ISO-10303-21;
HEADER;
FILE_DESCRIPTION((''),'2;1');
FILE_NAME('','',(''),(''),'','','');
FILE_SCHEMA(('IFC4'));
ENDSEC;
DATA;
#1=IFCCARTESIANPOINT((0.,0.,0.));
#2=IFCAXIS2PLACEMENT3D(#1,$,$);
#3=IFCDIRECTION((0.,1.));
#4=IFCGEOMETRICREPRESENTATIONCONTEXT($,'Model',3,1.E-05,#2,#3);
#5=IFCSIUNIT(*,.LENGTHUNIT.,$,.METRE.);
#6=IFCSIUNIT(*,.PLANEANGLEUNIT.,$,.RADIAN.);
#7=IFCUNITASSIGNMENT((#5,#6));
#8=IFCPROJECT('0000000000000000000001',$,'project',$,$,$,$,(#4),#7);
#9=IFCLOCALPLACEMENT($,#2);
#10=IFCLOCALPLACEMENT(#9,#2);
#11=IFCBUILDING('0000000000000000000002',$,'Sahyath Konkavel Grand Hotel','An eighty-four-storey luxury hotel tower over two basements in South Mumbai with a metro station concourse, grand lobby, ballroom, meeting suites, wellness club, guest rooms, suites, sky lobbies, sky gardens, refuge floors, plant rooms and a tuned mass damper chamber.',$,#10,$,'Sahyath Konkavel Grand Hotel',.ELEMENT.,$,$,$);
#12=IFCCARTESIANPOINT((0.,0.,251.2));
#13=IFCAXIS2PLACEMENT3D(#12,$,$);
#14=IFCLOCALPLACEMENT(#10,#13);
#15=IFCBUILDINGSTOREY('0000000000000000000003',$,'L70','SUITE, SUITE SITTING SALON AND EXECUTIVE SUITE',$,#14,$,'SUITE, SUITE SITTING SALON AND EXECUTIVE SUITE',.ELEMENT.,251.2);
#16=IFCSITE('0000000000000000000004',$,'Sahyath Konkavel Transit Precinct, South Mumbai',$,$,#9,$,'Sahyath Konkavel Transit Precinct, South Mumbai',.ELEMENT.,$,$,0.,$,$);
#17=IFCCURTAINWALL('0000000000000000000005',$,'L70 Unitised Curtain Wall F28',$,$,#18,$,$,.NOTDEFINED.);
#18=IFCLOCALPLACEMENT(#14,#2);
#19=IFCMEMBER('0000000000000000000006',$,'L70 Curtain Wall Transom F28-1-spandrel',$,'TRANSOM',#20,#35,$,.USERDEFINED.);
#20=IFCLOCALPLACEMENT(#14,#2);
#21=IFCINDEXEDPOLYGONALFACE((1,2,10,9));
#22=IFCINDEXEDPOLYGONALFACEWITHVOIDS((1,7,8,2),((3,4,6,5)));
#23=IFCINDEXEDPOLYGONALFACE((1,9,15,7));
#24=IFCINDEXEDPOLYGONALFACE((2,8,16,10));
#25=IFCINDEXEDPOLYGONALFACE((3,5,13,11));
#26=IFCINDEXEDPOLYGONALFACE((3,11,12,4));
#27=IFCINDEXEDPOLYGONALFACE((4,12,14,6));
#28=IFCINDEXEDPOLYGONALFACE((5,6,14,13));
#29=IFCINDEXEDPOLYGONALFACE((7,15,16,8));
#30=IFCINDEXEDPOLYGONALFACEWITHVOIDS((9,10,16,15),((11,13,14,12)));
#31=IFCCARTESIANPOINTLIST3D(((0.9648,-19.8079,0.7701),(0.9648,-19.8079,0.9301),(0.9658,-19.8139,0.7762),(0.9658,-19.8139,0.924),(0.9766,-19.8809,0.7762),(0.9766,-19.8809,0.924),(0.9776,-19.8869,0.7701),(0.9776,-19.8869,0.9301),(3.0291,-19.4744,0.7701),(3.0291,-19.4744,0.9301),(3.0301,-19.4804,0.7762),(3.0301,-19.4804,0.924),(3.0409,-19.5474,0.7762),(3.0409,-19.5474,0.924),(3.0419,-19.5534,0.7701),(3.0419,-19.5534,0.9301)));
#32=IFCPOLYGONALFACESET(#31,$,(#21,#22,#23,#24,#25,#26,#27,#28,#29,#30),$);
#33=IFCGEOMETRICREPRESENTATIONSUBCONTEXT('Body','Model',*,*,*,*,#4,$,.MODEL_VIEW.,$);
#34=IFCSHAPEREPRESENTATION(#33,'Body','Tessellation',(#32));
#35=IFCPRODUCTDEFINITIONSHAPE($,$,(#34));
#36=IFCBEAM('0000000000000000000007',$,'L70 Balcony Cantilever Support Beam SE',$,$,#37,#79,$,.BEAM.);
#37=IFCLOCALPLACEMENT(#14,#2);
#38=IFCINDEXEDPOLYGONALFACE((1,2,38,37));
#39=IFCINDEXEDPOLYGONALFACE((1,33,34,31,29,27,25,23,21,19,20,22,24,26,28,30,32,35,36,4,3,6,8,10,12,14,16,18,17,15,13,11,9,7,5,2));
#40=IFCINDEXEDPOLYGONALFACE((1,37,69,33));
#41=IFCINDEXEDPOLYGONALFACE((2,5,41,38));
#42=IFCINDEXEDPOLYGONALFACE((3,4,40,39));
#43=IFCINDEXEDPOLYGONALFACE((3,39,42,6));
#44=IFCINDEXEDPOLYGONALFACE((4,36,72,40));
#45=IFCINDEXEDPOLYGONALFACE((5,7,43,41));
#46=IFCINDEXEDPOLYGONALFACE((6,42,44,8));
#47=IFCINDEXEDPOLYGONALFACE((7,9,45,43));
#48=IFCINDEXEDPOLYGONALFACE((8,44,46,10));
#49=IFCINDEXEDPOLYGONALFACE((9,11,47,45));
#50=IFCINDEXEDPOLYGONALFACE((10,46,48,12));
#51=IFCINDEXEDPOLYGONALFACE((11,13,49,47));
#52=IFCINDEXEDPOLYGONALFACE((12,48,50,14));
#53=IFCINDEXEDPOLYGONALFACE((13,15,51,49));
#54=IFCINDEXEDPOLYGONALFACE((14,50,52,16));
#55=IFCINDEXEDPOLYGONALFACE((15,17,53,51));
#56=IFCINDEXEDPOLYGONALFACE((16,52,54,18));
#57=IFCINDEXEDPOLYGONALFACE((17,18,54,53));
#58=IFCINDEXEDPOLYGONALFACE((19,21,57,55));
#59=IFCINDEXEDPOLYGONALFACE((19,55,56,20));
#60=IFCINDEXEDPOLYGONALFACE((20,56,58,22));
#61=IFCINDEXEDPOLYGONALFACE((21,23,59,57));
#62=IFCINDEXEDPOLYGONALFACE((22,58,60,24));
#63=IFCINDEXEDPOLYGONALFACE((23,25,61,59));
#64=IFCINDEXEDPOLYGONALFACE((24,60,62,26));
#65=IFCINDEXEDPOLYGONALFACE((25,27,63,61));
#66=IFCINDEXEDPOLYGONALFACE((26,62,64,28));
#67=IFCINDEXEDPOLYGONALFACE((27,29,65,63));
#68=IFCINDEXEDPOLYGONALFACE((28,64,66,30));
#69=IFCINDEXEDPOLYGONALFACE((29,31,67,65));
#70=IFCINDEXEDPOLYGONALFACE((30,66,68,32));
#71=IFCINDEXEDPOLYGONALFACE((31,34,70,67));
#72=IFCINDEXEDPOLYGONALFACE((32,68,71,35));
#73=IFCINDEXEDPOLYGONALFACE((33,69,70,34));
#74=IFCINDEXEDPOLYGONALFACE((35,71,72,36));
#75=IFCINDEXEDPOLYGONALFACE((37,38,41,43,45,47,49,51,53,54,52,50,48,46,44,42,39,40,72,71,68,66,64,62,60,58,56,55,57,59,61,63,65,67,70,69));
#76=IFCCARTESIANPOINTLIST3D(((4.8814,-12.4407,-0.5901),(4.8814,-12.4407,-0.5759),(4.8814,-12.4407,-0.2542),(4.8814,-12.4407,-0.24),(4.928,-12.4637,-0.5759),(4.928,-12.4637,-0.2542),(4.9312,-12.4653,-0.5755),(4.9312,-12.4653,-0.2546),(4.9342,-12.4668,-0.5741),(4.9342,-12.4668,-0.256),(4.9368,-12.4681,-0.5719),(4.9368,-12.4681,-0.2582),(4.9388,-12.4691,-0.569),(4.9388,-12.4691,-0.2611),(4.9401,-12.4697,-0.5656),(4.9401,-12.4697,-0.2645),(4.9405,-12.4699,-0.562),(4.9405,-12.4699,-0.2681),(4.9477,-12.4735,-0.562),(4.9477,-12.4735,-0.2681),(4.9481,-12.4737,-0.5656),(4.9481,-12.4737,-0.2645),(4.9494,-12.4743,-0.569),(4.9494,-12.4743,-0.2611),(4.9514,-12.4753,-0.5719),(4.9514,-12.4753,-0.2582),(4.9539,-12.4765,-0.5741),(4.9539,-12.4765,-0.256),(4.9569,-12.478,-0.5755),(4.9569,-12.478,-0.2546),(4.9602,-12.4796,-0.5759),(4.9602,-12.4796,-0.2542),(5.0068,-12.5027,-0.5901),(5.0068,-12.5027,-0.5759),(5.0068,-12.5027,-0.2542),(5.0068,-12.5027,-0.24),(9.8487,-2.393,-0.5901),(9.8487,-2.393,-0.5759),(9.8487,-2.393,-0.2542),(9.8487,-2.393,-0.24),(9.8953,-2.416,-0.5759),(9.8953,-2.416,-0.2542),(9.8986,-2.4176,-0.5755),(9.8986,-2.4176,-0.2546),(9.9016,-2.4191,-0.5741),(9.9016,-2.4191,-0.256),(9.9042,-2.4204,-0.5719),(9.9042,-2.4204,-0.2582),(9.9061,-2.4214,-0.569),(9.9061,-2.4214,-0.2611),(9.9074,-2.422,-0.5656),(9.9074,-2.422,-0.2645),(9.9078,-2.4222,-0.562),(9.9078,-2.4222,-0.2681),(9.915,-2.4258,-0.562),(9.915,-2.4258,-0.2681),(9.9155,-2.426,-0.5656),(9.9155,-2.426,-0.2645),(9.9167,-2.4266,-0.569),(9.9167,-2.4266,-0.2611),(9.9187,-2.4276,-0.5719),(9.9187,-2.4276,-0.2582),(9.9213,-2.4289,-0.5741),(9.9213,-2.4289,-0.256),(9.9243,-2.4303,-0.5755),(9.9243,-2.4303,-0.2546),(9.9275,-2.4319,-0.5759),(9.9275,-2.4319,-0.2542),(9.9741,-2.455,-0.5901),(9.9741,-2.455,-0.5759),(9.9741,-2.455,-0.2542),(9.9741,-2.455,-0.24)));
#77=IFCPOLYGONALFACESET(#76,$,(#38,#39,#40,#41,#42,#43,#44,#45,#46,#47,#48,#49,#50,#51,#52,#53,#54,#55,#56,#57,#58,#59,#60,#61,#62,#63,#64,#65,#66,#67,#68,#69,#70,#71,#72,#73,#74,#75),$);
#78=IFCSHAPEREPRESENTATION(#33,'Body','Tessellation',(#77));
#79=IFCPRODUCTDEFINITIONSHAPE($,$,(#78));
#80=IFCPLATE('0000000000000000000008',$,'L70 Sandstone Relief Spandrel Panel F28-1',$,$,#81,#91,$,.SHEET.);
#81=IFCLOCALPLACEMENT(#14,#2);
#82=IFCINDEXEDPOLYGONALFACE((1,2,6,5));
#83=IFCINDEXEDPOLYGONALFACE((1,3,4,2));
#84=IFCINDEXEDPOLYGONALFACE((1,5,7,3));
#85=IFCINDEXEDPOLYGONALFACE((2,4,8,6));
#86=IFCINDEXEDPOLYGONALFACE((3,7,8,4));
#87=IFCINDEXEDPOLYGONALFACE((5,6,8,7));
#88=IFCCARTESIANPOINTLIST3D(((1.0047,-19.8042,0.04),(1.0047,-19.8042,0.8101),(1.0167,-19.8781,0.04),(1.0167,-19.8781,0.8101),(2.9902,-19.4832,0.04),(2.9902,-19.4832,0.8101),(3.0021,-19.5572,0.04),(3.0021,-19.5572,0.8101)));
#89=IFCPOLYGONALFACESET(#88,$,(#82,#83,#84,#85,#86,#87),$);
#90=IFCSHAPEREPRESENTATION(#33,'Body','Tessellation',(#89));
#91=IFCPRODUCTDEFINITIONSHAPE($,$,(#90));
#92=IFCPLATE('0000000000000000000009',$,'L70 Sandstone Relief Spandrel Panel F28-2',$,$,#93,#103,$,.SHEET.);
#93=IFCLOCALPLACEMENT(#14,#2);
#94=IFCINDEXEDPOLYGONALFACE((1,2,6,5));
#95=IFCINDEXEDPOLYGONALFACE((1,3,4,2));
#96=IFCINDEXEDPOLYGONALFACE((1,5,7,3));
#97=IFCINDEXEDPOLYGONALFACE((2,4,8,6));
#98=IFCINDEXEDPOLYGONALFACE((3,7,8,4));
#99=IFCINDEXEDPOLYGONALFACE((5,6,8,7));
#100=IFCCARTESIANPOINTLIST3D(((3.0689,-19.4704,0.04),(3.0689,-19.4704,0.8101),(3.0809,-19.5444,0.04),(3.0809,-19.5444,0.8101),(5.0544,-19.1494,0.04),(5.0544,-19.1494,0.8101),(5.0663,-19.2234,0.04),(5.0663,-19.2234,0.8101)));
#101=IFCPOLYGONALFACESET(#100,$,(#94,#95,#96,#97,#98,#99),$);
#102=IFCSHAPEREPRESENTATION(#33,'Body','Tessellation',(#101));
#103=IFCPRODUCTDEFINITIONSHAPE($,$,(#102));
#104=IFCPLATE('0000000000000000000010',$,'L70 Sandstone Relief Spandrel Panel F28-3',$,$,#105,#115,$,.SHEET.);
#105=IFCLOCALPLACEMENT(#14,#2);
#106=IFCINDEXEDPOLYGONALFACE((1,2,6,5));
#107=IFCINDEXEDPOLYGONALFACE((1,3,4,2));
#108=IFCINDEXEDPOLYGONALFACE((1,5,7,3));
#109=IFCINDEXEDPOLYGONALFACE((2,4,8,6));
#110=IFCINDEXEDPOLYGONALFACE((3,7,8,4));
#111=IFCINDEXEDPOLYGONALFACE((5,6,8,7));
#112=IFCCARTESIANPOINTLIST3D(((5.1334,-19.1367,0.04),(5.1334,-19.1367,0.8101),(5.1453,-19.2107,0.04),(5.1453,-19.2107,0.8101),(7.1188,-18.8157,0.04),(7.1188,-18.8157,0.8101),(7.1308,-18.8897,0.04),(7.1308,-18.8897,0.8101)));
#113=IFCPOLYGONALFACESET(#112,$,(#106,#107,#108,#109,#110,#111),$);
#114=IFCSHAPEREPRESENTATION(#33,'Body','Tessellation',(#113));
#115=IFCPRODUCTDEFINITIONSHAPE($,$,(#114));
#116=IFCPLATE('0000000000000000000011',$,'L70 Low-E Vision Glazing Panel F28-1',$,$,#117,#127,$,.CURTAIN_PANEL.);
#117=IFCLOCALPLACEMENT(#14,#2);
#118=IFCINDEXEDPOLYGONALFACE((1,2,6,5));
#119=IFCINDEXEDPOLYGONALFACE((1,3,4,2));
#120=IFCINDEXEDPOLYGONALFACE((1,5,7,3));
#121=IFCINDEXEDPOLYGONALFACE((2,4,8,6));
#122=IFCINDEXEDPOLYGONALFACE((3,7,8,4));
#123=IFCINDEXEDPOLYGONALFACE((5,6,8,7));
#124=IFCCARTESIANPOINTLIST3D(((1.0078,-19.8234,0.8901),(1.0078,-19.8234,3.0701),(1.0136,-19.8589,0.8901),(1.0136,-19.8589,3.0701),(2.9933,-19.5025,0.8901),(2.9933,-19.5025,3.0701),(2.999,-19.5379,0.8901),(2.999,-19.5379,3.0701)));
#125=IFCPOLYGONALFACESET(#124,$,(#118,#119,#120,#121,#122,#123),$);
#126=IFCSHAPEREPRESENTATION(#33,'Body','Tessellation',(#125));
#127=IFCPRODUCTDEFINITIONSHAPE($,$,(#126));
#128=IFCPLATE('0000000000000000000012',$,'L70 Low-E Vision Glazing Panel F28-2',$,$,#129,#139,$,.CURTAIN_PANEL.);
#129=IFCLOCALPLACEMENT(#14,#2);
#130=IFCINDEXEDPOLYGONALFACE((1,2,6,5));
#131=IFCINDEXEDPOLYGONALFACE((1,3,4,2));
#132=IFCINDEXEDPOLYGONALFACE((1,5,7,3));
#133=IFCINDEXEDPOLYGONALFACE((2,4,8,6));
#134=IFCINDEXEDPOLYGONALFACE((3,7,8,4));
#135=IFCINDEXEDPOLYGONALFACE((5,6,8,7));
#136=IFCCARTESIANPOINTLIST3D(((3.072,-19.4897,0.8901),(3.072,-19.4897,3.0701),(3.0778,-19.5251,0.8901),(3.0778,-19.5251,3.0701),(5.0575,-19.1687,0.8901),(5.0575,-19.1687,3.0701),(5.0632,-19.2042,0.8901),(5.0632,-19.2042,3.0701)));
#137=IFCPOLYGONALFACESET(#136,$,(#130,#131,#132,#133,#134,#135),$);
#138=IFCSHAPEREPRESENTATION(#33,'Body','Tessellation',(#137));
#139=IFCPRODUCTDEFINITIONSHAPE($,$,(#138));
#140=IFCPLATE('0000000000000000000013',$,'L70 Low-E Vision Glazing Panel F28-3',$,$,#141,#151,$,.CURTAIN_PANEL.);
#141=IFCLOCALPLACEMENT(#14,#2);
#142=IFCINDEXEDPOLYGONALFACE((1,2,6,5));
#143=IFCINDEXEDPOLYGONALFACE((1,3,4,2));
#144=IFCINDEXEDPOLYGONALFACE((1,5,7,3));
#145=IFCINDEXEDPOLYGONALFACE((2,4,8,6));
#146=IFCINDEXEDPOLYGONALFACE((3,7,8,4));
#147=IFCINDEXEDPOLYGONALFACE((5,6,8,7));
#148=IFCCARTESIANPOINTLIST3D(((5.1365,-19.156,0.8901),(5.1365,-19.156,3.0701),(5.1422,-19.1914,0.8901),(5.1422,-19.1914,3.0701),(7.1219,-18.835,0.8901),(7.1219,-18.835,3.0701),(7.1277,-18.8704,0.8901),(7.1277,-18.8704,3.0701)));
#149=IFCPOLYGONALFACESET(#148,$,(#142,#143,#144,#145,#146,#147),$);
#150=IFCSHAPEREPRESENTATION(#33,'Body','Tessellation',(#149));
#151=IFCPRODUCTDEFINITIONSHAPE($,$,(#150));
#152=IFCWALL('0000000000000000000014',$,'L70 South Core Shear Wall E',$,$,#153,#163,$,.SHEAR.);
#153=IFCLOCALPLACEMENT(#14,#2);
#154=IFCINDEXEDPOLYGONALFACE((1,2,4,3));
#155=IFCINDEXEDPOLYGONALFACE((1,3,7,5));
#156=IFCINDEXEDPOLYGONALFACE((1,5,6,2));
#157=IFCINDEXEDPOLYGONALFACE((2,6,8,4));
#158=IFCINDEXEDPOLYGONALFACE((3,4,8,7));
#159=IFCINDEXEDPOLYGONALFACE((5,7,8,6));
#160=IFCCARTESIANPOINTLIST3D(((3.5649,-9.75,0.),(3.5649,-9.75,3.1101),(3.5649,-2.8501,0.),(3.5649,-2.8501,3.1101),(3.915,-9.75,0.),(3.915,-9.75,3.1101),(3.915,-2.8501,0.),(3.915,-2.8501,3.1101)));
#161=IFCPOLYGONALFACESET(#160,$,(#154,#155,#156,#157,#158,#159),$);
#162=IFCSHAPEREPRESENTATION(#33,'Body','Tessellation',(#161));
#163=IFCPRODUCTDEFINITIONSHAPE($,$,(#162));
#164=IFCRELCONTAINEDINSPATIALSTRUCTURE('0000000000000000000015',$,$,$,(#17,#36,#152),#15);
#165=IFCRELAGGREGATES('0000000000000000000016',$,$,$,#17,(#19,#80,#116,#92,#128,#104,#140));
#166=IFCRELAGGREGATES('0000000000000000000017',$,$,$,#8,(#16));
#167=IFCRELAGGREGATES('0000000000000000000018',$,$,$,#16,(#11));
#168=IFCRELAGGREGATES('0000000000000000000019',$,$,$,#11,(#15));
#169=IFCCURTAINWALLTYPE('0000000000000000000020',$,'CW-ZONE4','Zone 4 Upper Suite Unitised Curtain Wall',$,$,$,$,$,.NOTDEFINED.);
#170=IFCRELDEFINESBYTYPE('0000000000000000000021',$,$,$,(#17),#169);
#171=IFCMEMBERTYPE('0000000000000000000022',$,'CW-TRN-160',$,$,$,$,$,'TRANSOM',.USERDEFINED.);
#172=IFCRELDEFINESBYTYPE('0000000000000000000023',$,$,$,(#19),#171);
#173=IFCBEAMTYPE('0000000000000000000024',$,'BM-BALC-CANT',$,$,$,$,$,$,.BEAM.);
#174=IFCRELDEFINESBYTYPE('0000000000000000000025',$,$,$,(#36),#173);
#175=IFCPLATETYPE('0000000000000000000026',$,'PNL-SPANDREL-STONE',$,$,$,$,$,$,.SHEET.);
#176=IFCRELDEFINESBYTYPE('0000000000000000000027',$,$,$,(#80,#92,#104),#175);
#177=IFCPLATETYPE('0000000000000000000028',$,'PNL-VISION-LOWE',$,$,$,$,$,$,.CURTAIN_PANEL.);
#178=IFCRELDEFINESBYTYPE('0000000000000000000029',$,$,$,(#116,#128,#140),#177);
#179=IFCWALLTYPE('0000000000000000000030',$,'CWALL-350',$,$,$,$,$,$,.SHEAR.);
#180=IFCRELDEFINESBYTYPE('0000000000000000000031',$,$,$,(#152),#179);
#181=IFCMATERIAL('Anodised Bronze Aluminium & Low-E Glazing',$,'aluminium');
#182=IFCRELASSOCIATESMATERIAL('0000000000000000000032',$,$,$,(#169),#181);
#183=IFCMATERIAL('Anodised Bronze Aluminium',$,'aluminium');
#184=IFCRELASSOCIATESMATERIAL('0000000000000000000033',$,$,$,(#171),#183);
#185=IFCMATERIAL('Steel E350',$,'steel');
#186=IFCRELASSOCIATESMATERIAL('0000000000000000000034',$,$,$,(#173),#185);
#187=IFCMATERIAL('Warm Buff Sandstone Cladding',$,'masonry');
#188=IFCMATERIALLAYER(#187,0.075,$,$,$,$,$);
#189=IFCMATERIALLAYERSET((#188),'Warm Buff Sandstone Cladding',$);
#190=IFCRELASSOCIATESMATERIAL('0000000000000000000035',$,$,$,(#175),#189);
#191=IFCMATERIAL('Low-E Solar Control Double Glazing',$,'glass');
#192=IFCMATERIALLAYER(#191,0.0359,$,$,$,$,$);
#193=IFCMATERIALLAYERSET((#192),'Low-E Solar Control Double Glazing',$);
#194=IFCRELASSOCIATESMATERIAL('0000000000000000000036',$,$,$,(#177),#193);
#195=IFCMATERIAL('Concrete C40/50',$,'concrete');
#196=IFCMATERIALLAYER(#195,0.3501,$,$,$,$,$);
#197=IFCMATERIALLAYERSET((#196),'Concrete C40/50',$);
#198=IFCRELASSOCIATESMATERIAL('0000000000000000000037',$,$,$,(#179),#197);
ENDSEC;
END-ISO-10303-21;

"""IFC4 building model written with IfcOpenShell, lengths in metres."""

from ifc_helpers import new_model, si_unit, direction, frame, frame_2d, origin, origin_2d, place, context, subcontext, project, spatial, rectangle, hollow_rectangle, i_section, extrude, source, transform, mapped, material, layer, layer_set, material_profile, profile_set, type_object, element, aggregate, save


model = new_model("IFC4")

# Units and contexts
model_context = context("Model", 3, precision=1e-05, world=origin(), true_north=direction((0.0, 1.0)))
body_context = subcontext(model_context, "Body", "Model", "MODEL_VIEW")
ifc_project = project(units=[si_unit("LENGTHUNIT", "METRE"), si_unit("PLANEANGLEUNIT", "RADIAN")], contexts=[model_context])

# Site, building, storey
site_placement = place(None, origin())
site = spatial("IfcSite", under=ifc_project, at=site_placement, Name="Sahyath Konkavel Transit Precinct, South Mumbai", LongName="Sahyath Konkavel Transit Precinct, South Mumbai", CompositionType="ELEMENT", RefElevation=0.0)
building_placement = place(site_placement, origin())
building = spatial("IfcBuilding", under=site, at=building_placement, Name="Sahyath Konkavel Grand Hotel", Description="An eighty-four-storey luxury hotel tower over two basements in South Mumbai with a metro station concourse, grand lobby, ballroom, meeting suites, wellness club, guest rooms, suites, sky lobbies, sky gardens, refuge floors, plant rooms and a tuned mass damper chamber.", LongName="Sahyath Konkavel Grand Hotel", CompositionType="ELEMENT")
storey_placement = place(building_placement, frame((0.0, 0.0, 251.2)))
storey = spatial("IfcBuildingStorey", under=building, at=storey_placement, Name="L70", Description="SUITE, SUITE SITTING SALON AND EXECUTIVE SUITE", LongName="SUITE, SUITE SITTING SALON AND EXECUTIVE SUITE", CompositionType="ELEMENT", Elevation=251.2)

# Shared definitions
ifc_material_1 = material(Name="Steel E350", Category="steel")

# Curtain wall, member
ifc_material_2 = material(Name="Anodised Bronze Aluminium & Low-E Glazing", Category="aluminium")
curtain_wall_type = type_object("IfcCurtainWallType", Name="CW-ZONE4", Description="Zone 4 Upper Suite Unitised Curtain Wall", PredefinedType="NOTDEFINED", material=ifc_material_2)
curtain_wall_placement = place(storey_placement, origin())
curtain_wall = element("IfcCurtainWall", 1, at=curtain_wall_placement, inside=storey, type_object=curtain_wall_type, Name="L70 Unitised Curtain Wall F28", PredefinedType="NOTDEFINED")
ifc_material_3 = material(Name="Anodised Bronze Aluminium", Category="aluminium")
ifc_material_profile_1 = material_profile(ifc_material_3, hollow_rectangle(XDim=0.0801, YDim=0.1599, WallThickness=0.0061, at=origin_2d()), Name="RHS 160x80x6")
ifc_profile_set_1 = profile_set([ifc_material_profile_1], Name="Anodised Bronze Aluminium")
member_type_1 = type_object("IfcMemberType", Name="CW-TRN-160", ElementType="TRANSOM", PredefinedType="USERDEFINED", material=ifc_profile_set_1)
shared_shape_1 = source(origin(), body_context, "Body", "SweptSolid", [
    extrude(hollow_rectangle(XDim=0.0801, YDim=0.1599, WallThickness=0.0061, at=origin_2d()), origin(), (0.0, 0.0, 1.0), 2.0911),
])
member_1_placement = place(storey_placement, frame((0.9712, -19.8474, 0.8501), z_axis=(0.987199, 0.159493, 0.0), x_axis=(-0.159493, 0.987199, 0.0)))
member_1 = element("IfcMember", 2, at=member_1_placement, type_object=member_type_1, Name="L70 Curtain Wall Transom F28-1-spandrel", ObjectType="TRANSOM", PredefinedType="USERDEFINED", context=body_context, shape_type="MappedRepresentation", body=[
    mapped(shared_shape_1, transform((0.0, 0.0, 0.0), scale=1.0)),
])

# Beam
ifc_material_profile_2 = material_profile(ifc_material_1, i_section(OverallWidth=0.1399, OverallDepth=0.3501, WebThickness=0.0081, FlangeThickness=0.0142, FilletRadius=0.0139, at=origin_2d()), Name="ISMB 350")
ifc_profile_set_2 = profile_set([ifc_material_profile_2], Name="Steel E350")
beam_type_1 = type_object("IfcBeamType", Name="BM-BALC-CANT", PredefinedType="BEAM", material=ifc_profile_set_2)
shared_shape_2 = source(origin(), body_context, "Body", "SweptSolid", [
    extrude(i_section(OverallWidth=0.1399, OverallDepth=0.3501, WebThickness=0.0081, FlangeThickness=0.0142, FilletRadius=0.0139, at=origin_2d()), origin(), (0.0, 0.0, 1.0), 11.2085),
])
beam_1_placement = place(storey_placement, frame((4.9441, -12.4717, -0.415), z_axis=(0.443175, 0.896435, 0.0), x_axis=(-0.896435, 0.443175, 0.0)))
element("IfcBeam", 3, at=beam_1_placement, inside=storey, type_object=beam_type_1, Name="L70 Balcony Cantilever Support Beam SE", PredefinedType="BEAM", context=body_context, shape_type="MappedRepresentation", body=[
    mapped(shared_shape_2, transform((0.0, 0.0, 0.0), scale=1.0)),
])

# Plates
ifc_material_4 = material(Name="Warm Buff Sandstone Cladding", Category="masonry")
ifc_layer_1 = layer(ifc_material_4, 0.075)
ifc_layer_set_1 = layer_set([ifc_layer_1], Name="Warm Buff Sandstone Cladding")
plate_type_1 = type_object("IfcPlateType", Name="PNL-SPANDREL-STONE", PredefinedType="SHEET", material=ifc_layer_set_1)
shared_shape_3 = source(origin(), body_context, "Body", "SweptSolid", [
    extrude(rectangle(XDim=2.0112, YDim=0.075, at=origin_2d()), origin(), (0.0, 0.0, 1.0), 0.77),
])
plate_1_placement = place(storey_placement, frame((2.0034, -19.6807, 0.04), z_axis=(0.0, 0.0, 1.0), x_axis=(0.987184, 0.159588, 0.0)))
plate_1 = element("IfcPlate", 4, at=plate_1_placement, type_object=plate_type_1, Name="L70 Sandstone Relief Spandrel Panel F28-1", PredefinedType="SHEET", context=body_context, shape_type="MappedRepresentation", body=[
    mapped(shared_shape_3, transform((0.0, 0.0, 0.0), scale=1.0)),
])
plate_2_placement = place(storey_placement, frame((4.0676, -19.3469, 0.04), z_axis=(0.0, 0.0, 1.0), x_axis=(0.987184, 0.159588, 0.0)))
plate_2 = element("IfcPlate", 5, at=plate_2_placement, type_object=plate_type_1, Name="L70 Sandstone Relief Spandrel Panel F28-2", PredefinedType="SHEET", context=body_context, shape_type="MappedRepresentation", body=[
    mapped(shared_shape_3, transform((0.0, 0.0, 0.0), scale=1.0)),
])
plate_3_placement = place(storey_placement, frame((6.1321, -19.0132, 0.04), z_axis=(0.0, 0.0, 1.0), x_axis=(0.987184, 0.159588, 0.0)))
plate_3 = element("IfcPlate", 6, at=plate_3_placement, type_object=plate_type_1, Name="L70 Sandstone Relief Spandrel Panel F28-3", PredefinedType="SHEET", context=body_context, shape_type="MappedRepresentation", body=[
    mapped(shared_shape_3, transform((0.0, 0.0, 0.0), scale=1.0)),
])
ifc_material_5 = material(Name="Low-E Solar Control Double Glazing", Category="glass")
ifc_layer_2 = layer(ifc_material_5, 0.0359)
ifc_layer_set_2 = layer_set([ifc_layer_2], Name="Low-E Solar Control Double Glazing")
plate_type_2 = type_object("IfcPlateType", Name="PNL-VISION-LOWE", PredefinedType="CURTAIN_PANEL", material=ifc_layer_set_2)
shared_shape_4 = source(origin(), body_context, "Body", "SweptSolid", [
    extrude(rectangle(XDim=2.0112, YDim=0.0359, at=origin_2d()), origin(), (0.0, 0.0, 1.0), 2.1799),
])
plate_4_placement = place(storey_placement, frame((2.0034, -19.6807, 0.8901), z_axis=(0.0, 0.0, 1.0), x_axis=(0.987184, 0.159588, 0.0)))
plate_4 = element("IfcPlate", 7, at=plate_4_placement, type_object=plate_type_2, Name="L70 Low-E Vision Glazing Panel F28-1", PredefinedType="CURTAIN_PANEL", context=body_context, shape_type="MappedRepresentation", body=[
    mapped(shared_shape_4, transform((0.0, 0.0, 0.0), scale=1.0)),
])
plate_5_placement = place(storey_placement, frame((4.0676, -19.3469, 0.8901), z_axis=(0.0, 0.0, 1.0), x_axis=(0.987184, 0.159588, 0.0)))
plate_5 = element("IfcPlate", 8, at=plate_5_placement, type_object=plate_type_2, Name="L70 Low-E Vision Glazing Panel F28-2", PredefinedType="CURTAIN_PANEL", context=body_context, shape_type="MappedRepresentation", body=[
    mapped(shared_shape_4, transform((0.0, 0.0, 0.0), scale=1.0)),
])
plate_6_placement = place(storey_placement, frame((6.1321, -19.0132, 0.8901), z_axis=(0.0, 0.0, 1.0), x_axis=(0.987184, 0.159588, 0.0)))
plate_6 = element("IfcPlate", 9, at=plate_6_placement, type_object=plate_type_2, Name="L70 Low-E Vision Glazing Panel F28-3", PredefinedType="CURTAIN_PANEL", context=body_context, shape_type="MappedRepresentation", body=[
    mapped(shared_shape_4, transform((0.0, 0.0, 0.0), scale=1.0)),
])
aggregate(curtain_wall, [member_1, plate_1, plate_4, plate_2, plate_5, plate_3, plate_6])

# Wall
ifc_material_6 = material(Name="Concrete C40/50", Category="concrete")
ifc_layer_3 = layer(ifc_material_6, 0.3501)
ifc_layer_set_3 = layer_set([ifc_layer_3], Name="Concrete C40/50")
wall_type_1 = type_object("IfcWallType", Name="CWALL-350", PredefinedType="SHEAR", material=ifc_layer_set_3)
wall_1_placement = place(storey_placement, frame((3.74, -9.75, 0.0), z_axis=(0.0, 0.0, 1.0), x_axis=(0.0, 1.0, 0.0)))
element("IfcWall", 10, at=wall_1_placement, inside=storey, type_object=wall_type_1, Name="L70 South Core Shear Wall E", PredefinedType="SHEAR", context=body_context, shape_type="SweptSolid", body=[
    extrude(rectangle(XDim=6.8999, YDim=0.3501, at=frame_2d((3.45, 0.0))), origin(), (0.0, 0.0, 1.0), 3.1101),
])

save(model, "model.ifc")
